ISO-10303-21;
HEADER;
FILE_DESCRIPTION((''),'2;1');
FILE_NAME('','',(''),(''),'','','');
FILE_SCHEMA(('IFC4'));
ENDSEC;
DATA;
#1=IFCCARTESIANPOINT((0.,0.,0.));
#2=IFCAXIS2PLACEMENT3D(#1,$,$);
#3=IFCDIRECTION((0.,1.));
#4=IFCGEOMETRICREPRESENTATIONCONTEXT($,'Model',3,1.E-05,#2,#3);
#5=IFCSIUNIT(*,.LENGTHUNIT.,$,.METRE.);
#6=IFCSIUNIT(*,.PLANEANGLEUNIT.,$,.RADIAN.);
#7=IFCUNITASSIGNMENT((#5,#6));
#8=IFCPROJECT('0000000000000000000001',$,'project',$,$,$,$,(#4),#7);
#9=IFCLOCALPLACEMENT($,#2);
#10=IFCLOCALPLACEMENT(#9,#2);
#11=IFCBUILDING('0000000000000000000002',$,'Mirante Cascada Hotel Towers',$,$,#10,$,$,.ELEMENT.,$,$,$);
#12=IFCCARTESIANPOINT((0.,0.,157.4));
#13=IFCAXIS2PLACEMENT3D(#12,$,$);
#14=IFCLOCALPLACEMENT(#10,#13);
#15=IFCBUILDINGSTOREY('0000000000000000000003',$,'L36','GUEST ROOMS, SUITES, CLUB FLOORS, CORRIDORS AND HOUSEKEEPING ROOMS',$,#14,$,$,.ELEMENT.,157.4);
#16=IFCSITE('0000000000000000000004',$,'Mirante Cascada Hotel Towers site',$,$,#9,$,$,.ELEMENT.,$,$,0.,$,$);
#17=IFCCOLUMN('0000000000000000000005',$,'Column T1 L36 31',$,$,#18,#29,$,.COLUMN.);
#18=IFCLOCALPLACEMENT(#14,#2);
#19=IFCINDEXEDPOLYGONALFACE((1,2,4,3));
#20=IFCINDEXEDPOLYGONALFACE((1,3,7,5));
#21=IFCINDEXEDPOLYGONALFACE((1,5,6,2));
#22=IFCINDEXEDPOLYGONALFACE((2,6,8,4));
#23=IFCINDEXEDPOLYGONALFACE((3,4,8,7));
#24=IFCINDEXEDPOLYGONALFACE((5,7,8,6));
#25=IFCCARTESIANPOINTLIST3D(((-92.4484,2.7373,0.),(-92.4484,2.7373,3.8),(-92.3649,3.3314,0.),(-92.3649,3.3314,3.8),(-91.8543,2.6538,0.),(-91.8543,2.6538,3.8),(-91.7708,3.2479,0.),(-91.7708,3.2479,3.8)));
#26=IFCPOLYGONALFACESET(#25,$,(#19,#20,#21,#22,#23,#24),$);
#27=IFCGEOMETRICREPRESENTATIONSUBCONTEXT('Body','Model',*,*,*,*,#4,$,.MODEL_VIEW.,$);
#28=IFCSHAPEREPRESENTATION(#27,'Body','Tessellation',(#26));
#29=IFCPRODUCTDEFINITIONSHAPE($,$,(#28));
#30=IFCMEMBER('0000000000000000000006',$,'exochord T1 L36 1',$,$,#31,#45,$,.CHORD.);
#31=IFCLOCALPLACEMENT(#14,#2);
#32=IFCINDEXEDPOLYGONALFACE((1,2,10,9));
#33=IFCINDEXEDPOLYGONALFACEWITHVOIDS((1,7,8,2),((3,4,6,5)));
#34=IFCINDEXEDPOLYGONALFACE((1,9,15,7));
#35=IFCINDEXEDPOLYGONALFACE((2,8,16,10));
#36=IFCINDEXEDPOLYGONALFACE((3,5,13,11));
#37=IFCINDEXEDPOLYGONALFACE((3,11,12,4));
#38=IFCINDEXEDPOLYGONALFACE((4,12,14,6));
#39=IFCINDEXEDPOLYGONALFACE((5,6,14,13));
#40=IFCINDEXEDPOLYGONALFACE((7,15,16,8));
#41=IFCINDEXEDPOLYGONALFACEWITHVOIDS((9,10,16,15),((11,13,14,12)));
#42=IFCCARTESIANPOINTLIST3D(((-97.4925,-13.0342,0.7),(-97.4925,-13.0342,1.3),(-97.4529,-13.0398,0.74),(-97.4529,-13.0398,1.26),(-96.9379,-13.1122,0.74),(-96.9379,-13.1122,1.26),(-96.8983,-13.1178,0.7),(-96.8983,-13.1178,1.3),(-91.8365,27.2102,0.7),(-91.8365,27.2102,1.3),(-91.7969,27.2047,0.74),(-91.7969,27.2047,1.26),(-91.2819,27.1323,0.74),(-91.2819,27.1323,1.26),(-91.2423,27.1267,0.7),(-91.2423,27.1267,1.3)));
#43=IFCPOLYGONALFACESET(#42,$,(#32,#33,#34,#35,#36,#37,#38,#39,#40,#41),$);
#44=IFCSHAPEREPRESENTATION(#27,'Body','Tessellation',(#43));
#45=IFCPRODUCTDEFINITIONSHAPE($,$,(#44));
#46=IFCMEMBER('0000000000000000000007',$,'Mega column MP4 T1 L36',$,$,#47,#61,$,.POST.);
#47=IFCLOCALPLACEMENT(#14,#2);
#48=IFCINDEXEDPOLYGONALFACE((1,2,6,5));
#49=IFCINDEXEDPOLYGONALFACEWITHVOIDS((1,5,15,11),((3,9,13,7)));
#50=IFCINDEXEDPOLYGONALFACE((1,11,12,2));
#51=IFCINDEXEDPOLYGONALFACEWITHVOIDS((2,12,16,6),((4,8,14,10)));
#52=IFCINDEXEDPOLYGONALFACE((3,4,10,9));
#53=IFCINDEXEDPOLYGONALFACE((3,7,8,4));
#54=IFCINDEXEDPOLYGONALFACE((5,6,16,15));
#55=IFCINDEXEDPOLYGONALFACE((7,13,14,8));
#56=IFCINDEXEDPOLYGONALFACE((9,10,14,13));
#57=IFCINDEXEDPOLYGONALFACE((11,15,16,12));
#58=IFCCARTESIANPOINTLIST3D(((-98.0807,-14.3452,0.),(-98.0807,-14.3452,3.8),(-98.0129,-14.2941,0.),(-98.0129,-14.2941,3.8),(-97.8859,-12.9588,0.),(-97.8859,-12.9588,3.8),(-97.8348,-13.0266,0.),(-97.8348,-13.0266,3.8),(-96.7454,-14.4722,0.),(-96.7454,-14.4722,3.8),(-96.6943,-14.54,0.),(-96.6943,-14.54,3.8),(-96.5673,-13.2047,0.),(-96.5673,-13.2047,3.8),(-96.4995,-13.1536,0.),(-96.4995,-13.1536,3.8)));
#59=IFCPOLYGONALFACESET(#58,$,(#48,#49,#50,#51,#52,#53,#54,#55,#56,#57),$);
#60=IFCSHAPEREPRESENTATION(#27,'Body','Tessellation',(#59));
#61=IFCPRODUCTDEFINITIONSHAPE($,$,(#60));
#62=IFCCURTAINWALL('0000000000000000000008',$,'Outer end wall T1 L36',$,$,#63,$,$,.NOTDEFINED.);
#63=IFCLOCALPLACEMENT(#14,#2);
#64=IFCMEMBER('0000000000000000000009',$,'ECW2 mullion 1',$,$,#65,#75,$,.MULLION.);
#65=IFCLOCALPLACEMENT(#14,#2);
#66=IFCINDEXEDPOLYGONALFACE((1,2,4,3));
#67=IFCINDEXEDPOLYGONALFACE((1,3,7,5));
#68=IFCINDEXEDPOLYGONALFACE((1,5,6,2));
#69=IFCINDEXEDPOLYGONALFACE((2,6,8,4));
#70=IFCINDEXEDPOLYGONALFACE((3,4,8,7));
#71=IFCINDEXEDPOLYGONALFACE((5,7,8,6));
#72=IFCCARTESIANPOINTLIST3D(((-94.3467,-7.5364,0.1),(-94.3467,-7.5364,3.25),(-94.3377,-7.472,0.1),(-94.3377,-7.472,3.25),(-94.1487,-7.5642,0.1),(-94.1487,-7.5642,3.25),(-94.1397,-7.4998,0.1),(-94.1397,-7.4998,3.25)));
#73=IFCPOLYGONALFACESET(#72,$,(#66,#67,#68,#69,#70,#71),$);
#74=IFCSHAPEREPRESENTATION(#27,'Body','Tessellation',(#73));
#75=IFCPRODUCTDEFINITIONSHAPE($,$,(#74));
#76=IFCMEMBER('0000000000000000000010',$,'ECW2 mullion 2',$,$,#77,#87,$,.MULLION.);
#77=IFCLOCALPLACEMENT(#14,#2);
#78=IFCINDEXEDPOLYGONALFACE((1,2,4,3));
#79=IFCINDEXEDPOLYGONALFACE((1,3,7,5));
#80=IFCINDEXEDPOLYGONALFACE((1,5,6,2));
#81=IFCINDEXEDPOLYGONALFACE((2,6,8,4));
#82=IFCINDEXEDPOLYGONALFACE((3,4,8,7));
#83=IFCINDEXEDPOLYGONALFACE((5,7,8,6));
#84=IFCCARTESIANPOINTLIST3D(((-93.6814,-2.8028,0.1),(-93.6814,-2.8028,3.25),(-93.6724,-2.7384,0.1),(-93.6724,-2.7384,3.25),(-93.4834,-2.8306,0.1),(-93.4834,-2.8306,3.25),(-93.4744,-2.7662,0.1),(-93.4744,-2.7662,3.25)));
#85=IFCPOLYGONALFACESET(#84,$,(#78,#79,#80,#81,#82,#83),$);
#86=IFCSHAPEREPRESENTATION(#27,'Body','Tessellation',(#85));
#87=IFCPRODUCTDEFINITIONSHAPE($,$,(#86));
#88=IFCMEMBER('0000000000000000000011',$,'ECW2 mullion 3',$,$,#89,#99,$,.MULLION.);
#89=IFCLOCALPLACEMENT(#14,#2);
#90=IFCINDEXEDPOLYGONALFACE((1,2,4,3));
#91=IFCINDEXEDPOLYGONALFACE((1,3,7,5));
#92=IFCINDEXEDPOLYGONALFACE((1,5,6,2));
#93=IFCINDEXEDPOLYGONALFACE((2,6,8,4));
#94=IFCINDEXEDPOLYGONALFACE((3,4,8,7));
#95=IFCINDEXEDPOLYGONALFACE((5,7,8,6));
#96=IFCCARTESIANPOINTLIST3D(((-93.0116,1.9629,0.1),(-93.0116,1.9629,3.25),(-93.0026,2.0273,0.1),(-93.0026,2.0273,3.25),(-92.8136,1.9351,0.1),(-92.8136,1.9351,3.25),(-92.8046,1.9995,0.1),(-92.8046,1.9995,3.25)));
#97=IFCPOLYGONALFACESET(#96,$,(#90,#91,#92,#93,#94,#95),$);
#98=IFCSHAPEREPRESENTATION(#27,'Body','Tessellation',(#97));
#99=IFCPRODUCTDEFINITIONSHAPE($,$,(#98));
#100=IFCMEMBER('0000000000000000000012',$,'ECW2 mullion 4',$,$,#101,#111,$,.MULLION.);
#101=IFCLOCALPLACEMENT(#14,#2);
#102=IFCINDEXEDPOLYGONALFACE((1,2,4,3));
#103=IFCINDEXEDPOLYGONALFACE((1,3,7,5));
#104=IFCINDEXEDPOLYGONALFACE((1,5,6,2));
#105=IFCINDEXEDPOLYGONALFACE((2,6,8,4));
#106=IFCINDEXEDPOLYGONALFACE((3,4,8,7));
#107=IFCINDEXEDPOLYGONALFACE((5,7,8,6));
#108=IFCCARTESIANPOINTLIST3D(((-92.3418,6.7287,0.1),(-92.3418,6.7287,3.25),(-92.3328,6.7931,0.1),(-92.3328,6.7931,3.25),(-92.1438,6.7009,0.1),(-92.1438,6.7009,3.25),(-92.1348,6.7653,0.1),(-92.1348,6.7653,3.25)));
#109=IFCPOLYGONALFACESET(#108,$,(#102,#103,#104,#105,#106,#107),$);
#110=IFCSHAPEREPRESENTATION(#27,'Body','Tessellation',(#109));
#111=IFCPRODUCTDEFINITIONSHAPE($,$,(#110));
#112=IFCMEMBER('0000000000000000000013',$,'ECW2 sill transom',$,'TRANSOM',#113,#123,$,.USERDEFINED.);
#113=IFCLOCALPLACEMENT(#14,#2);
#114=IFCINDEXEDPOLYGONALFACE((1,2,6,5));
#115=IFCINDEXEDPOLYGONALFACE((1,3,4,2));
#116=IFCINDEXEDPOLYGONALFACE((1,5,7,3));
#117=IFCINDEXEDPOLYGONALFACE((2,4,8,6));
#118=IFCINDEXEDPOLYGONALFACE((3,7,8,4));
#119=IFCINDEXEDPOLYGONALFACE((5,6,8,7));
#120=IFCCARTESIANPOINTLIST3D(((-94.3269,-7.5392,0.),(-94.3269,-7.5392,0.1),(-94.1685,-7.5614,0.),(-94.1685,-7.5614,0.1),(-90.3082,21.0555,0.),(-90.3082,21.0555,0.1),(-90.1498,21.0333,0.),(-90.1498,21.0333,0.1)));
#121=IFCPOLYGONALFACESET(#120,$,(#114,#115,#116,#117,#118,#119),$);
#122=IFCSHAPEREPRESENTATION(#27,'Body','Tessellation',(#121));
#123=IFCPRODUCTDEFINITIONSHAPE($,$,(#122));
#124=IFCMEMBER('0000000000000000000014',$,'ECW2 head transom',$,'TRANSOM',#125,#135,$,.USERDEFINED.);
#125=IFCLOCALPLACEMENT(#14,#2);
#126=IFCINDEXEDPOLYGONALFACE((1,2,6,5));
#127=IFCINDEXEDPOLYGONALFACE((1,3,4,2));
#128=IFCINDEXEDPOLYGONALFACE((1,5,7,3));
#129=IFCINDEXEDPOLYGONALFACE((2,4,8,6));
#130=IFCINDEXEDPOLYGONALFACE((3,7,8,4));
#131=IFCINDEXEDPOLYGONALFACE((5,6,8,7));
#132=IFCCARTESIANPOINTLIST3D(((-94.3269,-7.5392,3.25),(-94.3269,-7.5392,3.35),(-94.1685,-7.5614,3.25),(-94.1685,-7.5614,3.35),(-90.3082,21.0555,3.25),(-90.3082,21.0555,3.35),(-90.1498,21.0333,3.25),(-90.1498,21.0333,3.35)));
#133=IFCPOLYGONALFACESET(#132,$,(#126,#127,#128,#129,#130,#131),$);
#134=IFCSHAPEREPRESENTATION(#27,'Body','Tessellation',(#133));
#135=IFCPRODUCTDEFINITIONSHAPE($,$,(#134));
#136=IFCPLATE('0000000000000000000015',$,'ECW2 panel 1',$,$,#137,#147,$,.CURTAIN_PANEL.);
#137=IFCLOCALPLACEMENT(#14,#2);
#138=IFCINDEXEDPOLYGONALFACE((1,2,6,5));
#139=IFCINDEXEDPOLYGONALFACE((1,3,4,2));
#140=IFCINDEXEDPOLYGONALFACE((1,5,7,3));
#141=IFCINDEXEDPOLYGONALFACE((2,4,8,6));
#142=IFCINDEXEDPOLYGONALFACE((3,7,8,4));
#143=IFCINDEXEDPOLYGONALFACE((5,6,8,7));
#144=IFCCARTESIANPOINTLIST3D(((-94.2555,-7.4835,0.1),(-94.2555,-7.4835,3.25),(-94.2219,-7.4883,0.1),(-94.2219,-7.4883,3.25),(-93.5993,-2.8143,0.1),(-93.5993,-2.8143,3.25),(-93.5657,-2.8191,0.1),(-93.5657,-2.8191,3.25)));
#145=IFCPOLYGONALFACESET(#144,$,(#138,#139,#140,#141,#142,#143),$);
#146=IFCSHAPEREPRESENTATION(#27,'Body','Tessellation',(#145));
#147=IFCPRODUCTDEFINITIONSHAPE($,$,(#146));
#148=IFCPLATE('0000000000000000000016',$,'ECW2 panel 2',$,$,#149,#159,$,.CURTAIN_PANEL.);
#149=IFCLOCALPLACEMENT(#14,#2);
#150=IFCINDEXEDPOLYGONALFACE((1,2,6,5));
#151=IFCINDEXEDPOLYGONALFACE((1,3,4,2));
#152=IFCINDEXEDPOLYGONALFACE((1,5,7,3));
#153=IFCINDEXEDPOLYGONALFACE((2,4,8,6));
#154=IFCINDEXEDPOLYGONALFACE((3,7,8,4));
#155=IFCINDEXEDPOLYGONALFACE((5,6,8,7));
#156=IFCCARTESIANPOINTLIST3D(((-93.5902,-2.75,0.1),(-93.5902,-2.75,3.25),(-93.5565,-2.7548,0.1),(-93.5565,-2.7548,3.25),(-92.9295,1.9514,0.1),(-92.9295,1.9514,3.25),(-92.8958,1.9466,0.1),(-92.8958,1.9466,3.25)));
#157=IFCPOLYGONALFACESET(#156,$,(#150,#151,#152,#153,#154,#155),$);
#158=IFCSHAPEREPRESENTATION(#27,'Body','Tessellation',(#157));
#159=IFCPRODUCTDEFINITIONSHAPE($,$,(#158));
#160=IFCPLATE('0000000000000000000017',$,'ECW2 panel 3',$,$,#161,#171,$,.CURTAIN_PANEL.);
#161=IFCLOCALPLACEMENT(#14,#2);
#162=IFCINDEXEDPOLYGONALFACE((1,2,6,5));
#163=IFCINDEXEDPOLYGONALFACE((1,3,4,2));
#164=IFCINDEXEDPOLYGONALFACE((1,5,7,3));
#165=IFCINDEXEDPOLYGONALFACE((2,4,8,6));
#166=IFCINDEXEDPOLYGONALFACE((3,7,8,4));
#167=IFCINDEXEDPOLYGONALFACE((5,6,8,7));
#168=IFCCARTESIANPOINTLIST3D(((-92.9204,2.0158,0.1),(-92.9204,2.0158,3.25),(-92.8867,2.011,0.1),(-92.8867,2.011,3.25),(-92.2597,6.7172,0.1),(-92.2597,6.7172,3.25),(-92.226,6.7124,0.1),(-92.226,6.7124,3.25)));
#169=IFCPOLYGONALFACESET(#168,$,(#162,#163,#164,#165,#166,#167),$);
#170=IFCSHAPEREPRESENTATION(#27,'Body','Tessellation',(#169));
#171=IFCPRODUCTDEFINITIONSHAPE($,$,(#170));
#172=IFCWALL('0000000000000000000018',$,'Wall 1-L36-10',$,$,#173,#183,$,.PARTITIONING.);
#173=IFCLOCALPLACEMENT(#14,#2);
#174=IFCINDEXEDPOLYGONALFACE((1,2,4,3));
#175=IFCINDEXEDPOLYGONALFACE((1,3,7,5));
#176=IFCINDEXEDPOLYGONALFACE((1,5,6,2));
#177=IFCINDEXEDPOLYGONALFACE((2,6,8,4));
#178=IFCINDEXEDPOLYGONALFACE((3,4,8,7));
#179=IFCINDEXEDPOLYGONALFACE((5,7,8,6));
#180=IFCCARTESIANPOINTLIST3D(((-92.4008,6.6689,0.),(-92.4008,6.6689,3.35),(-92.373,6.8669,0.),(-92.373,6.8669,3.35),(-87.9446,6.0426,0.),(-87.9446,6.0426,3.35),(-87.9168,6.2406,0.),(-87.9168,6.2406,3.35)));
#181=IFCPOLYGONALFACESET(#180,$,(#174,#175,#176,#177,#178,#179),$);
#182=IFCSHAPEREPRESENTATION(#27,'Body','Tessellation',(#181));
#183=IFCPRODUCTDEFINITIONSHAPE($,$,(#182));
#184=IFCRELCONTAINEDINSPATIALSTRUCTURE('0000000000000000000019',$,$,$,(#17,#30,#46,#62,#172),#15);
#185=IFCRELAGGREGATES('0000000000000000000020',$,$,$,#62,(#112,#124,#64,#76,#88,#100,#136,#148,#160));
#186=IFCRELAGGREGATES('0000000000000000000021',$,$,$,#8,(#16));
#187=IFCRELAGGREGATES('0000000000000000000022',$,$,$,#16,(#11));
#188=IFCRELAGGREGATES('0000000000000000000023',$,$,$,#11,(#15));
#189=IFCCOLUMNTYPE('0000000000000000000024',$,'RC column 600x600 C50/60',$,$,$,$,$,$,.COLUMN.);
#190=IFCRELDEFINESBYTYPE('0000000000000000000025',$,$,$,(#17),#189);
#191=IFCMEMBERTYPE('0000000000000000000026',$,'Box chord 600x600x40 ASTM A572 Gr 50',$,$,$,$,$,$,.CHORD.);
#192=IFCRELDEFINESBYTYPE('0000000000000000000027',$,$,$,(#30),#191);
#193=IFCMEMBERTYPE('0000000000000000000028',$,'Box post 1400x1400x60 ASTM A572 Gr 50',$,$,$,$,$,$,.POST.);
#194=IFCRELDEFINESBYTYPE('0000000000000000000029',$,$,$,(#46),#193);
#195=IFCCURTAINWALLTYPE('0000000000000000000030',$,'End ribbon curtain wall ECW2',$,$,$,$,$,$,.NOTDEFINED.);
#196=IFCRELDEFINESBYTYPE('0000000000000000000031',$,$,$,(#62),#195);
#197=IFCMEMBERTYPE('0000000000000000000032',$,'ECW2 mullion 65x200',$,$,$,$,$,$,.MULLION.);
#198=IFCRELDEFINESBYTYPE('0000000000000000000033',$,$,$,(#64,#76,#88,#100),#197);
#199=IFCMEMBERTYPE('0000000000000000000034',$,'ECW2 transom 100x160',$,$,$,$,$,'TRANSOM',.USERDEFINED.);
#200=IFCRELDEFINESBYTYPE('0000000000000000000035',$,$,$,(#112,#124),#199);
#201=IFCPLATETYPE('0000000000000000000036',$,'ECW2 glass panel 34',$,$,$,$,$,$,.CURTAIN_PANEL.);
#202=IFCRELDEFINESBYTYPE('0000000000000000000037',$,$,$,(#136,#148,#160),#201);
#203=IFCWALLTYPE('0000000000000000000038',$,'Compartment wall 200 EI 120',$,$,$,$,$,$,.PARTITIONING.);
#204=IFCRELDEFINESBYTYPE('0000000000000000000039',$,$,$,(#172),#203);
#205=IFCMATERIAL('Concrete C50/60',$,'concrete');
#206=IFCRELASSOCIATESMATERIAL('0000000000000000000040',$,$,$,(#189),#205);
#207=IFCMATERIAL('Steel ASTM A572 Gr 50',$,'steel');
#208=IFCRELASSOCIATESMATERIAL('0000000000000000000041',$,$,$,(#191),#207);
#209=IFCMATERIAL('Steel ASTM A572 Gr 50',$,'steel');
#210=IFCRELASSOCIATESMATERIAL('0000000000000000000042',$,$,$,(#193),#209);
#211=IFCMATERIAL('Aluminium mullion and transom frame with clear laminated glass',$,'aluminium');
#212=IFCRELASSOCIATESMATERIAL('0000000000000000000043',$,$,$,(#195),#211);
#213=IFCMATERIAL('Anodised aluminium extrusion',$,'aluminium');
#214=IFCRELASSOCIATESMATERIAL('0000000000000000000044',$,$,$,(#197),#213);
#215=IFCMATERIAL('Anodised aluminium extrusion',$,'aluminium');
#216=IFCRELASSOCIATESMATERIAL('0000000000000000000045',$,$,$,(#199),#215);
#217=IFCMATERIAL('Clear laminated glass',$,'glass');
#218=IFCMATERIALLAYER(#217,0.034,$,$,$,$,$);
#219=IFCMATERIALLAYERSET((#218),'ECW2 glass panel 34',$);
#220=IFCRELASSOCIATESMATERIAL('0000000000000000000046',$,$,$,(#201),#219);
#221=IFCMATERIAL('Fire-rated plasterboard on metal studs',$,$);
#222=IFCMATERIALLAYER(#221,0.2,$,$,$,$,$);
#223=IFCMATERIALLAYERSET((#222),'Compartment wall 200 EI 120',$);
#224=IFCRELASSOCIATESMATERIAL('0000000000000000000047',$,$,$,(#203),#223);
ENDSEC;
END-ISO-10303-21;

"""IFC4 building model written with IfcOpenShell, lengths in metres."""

from ifc_helpers import new_model, si_unit, direction, frame, frame_2d, origin, origin_2d, place, context, subcontext, project, spatial, rectangle, hollow_rectangle, extrude, material, layer, layer_set, material_profile, profile_set, type_object, element, aggregate, save


model = new_model("IFC4")

# Units and contexts
model_context = context("Model", 3, precision=1e-05, world=origin(), true_north=direction((0.0, 1.0)))
body_context = subcontext(model_context, "Body", "Model", "MODEL_VIEW")
ifc_project = project(units=[si_unit("LENGTHUNIT", "METRE"), si_unit("PLANEANGLEUNIT", "RADIAN")], contexts=[model_context])

# Site, building, storey
site_placement = place(None, origin())
site = spatial("IfcSite", under=ifc_project, at=site_placement, Name="Mirante Cascada Hotel Towers site", CompositionType="ELEMENT", RefElevation=0.0)
building_placement = place(site_placement, origin())
building = spatial("IfcBuilding", under=site, at=building_placement, Name="Mirante Cascada Hotel Towers", CompositionType="ELEMENT")
storey_placement = place(building_placement, frame((0.0, 0.0, 157.4)))
storey = spatial("IfcBuildingStorey", under=building, at=storey_placement, Name="L36", Description="GUEST ROOMS, SUITES, CLUB FLOORS, CORRIDORS AND HOUSEKEEPING ROOMS", CompositionType="ELEMENT", Elevation=157.4)

# Column
ifc_material_1 = material(Name="Concrete C50/60", Category="concrete")
ifc_material_profile_1 = material_profile(ifc_material_1, rectangle(XDim=0.6, YDim=0.6, at=origin_2d()), Name="RC column 600x600 C50/60")
ifc_profile_set_1 = profile_set([ifc_material_profile_1], Name="Concrete C50/60")
column_type = type_object("IfcColumnType", Name="RC column 600x600 C50/60", PredefinedType="COLUMN", material=ifc_profile_set_1)
column_placement = place(storey_placement, frame((-92.1096, 2.9926, 0.0), z_axis=(0.0, 0.0, 1.0), x_axis=(-0.990268, 0.139173, 0.0)))
element("IfcColumn", 1, at=column_placement, inside=storey, type_object=column_type, Name="Column T1 L36 31", PredefinedType="COLUMN", context=body_context, shape_type="SweptSolid", body=[
    extrude(rectangle(XDim=0.6, YDim=0.6, at=origin_2d()), origin(), (0.0, 0.0, 1.0), 3.8),
])

# Members
ifc_material_2 = material(Name="Steel ASTM A572 Gr 50", Category="steel")
ifc_material_profile_2 = material_profile(ifc_material_2, hollow_rectangle(XDim=0.6, YDim=0.6, WallThickness=0.04, at=origin_2d()), Name="Box chord 600x600x40 ASTM A572 Gr 50")
ifc_profile_set_2 = profile_set([ifc_material_profile_2], Name="Steel ASTM A572 Gr 50")
member_type_1 = type_object("IfcMemberType", Name="Box chord 600x600x40 ASTM A572 Gr 50", PredefinedType="CHORD", material=ifc_profile_set_2)
member_1_placement = place(storey_placement, frame((-97.1954, -13.076, 1.0), z_axis=(0.139173, 0.990268, 0.0), x_axis=(-0.990268, 0.139173, 0.0)))
element("IfcMember", 2, at=member_1_placement, inside=storey, type_object=member_type_1, Name="exochord T1 L36 1", PredefinedType="CHORD", context=body_context, shape_type="SweptSolid", body=[
    extrude(hollow_rectangle(XDim=0.6, YDim=0.6, WallThickness=0.04, at=origin_2d()), origin(), (0.0, 0.0, 1.0), 40.64),
])
ifc_material_3 = material(Name="Steel ASTM A572 Gr 50", Category="steel")
ifc_material_profile_3 = material_profile(ifc_material_3, hollow_rectangle(XDim=1.4, YDim=1.4, WallThickness=0.06, at=origin_2d()), Name="Box post 1400x1400x60 ASTM A572 Gr 50")
ifc_profile_set_3 = profile_set([ifc_material_profile_3], Name="Steel ASTM A572 Gr 50")
member_type_2 = type_object("IfcMemberType", Name="Box post 1400x1400x60 ASTM A572 Gr 50", PredefinedType="POST", material=ifc_profile_set_3)
member_2_placement = place(storey_placement, frame((-97.2901, -13.7494, 0.0), z_axis=(0.0, 0.0, 1.0), x_axis=(-0.990268, 0.139173, 0.0)))
element("IfcMember", 3, at=member_2_placement, inside=storey, type_object=member_type_2, Name="Mega column MP4 T1 L36", PredefinedType="POST", context=body_context, shape_type="SweptSolid", body=[
    extrude(hollow_rectangle(XDim=1.4, YDim=1.4, WallThickness=0.06, at=origin_2d()), origin(), (0.0, 0.0, 1.0), 3.8),
])

# Curtain wall, members, plates
ifc_material_4 = material(Name="Aluminium mullion and transom frame with clear laminated glass", Category="aluminium")
curtain_wall_type = type_object("IfcCurtainWallType", Name="End ribbon curtain wall ECW2", PredefinedType="NOTDEFINED", material=ifc_material_4)
curtain_wall_placement = place(storey_placement, origin())
curtain_wall = element("IfcCurtainWall", 4, at=curtain_wall_placement, inside=storey, type_object=curtain_wall_type, Name="Outer end wall T1 L36", PredefinedType="NOTDEFINED")
ifc_material_5 = material(Name="Anodised aluminium extrusion", Category="aluminium")
ifc_material_profile_4 = material_profile(ifc_material_5, rectangle(XDim=0.2, YDim=0.065, at=origin_2d()), Name="ECW2 MULLION 65x200")
ifc_profile_set_4 = profile_set([ifc_material_profile_4], Name="Anodised aluminium extrusion")
member_type_3 = type_object("IfcMemberType", Name="ECW2 mullion 65x200", PredefinedType="MULLION", material=ifc_profile_set_4)
member_3_placement = place(storey_placement, frame((-94.2432, -7.5181, 0.1), z_axis=(0.0, 0.0, 1.0), x_axis=(-0.990268, 0.139173, 0.0)))
member_3 = element("IfcMember", 5, at=member_3_placement, type_object=member_type_3, Name="ECW2 mullion 1", PredefinedType="MULLION", context=body_context, shape_type="SweptSolid", body=[
    extrude(rectangle(XDim=0.2, YDim=0.065, at=origin_2d()), origin(), (0.0, 0.0, 1.0), 3.15),
])
member_4_placement = place(storey_placement, frame((-93.5779, -2.7845, 0.1), z_axis=(0.0, 0.0, 1.0), x_axis=(-0.990268, 0.139173, 0.0)))
member_4 = element("IfcMember", 6, at=member_4_placement, type_object=member_type_3, Name="ECW2 mullion 2", PredefinedType="MULLION", context=body_context, shape_type="SweptSolid", body=[
    extrude(rectangle(XDim=0.2, YDim=0.065, at=origin_2d()), origin(), (0.0, 0.0, 1.0), 3.15),
])
member_5_placement = place(storey_placement, frame((-92.9081, 1.9812, 0.1), z_axis=(0.0, 0.0, 1.0), x_axis=(-0.990268, 0.139173, 0.0)))
member_5 = element("IfcMember", 7, at=member_5_placement, type_object=member_type_3, Name="ECW2 mullion 3", PredefinedType="MULLION", context=body_context, shape_type="SweptSolid", body=[
    extrude(rectangle(XDim=0.2, YDim=0.065, at=origin_2d()), origin(), (0.0, 0.0, 1.0), 3.15),
])
member_6_placement = place(storey_placement, frame((-92.2383, 6.747, 0.1), z_axis=(0.0, 0.0, 1.0), x_axis=(-0.990268, 0.139173, 0.0)))
member_6 = element("IfcMember", 8, at=member_6_placement, type_object=member_type_3, Name="ECW2 mullion 4", PredefinedType="MULLION", context=body_context, shape_type="SweptSolid", body=[
    extrude(rectangle(XDim=0.2, YDim=0.065, at=origin_2d()), origin(), (0.0, 0.0, 1.0), 3.15),
])
ifc_material_6 = material(Name="Anodised aluminium extrusion", Category="aluminium")
ifc_material_profile_5 = material_profile(ifc_material_6, rectangle(XDim=0.16, YDim=0.1, at=origin_2d()), Name="ECW2 TRANSOM 100x160")
ifc_profile_set_5 = profile_set([ifc_material_profile_5], Name="Anodised aluminium extrusion")
member_type_4 = type_object("IfcMemberType", Name="ECW2 transom 100x160", ElementType="TRANSOM", PredefinedType="USERDEFINED", material=ifc_profile_set_5)
member_7_placement = place(storey_placement, frame((-94.2477, -7.5503, 0.05), z_axis=(0.139172, 0.990268, 0.0), x_axis=(-0.990268, 0.139172, 0.0)))
member_7 = element("IfcMember", 9, at=member_7_placement, type_object=member_type_4, Name="ECW2 sill transom", ObjectType="TRANSOM", PredefinedType="USERDEFINED", context=body_context, shape_type="SweptSolid", body=[
    extrude(rectangle(XDim=0.16, YDim=0.1, at=origin_2d()), origin(), (0.0, 0.0, 1.0), 28.8757),
])
member_8_placement = place(storey_placement, frame((-94.2477, -7.5503, 3.3), z_axis=(0.139172, 0.990268, 0.0), x_axis=(-0.990268, 0.139172, 0.0)))
member_8 = element("IfcMember", 10, at=member_8_placement, type_object=member_type_4, Name="ECW2 head transom", ObjectType="TRANSOM", PredefinedType="USERDEFINED", context=body_context, shape_type="SweptSolid", body=[
    extrude(rectangle(XDim=0.16, YDim=0.1, at=origin_2d()), origin(), (0.0, 0.0, 1.0), 28.8757),
])
ifc_material_7 = material(Name="Clear laminated glass", Category="glass")
ifc_layer_1 = layer(ifc_material_7, 0.034)
ifc_layer_set_1 = layer_set([ifc_layer_1], Name="ECW2 glass panel 34")
plate_type = type_object("IfcPlateType", Name="ECW2 glass panel 34", PredefinedType="CURTAIN_PANEL", material=ifc_layer_set_1)
plate_1_placement = place(storey_placement, frame((-93.9106, -5.1513, 0.1), z_axis=(0.0, 0.0, 1.0), x_axis=(0.139173, 0.990268, 0.0)))
plate_1 = element("IfcPlate", 11, at=plate_1_placement, type_object=plate_type, Name="ECW2 panel 1", PredefinedType="CURTAIN_PANEL", context=body_context, shape_type="SweptSolid", body=[
    extrude(rectangle(XDim=4.7151, YDim=0.034, at=origin_2d()), origin(), (0.0, 0.0, 1.0), 3.15),
])
plate_2_placement = place(storey_placement, frame((-93.243, -0.4017, 0.1), z_axis=(0.0, 0.0, 1.0), x_axis=(0.139173, 0.990268, 0.0)))
plate_2 = element("IfcPlate", 12, at=plate_2_placement, type_object=plate_type, Name="ECW2 panel 2", PredefinedType="CURTAIN_PANEL", context=body_context, shape_type="SweptSolid", body=[
    extrude(rectangle(XDim=4.7476, YDim=0.034, at=origin_2d()), origin(), (0.0, 0.0, 1.0), 3.15),
])
plate_3_placement = place(storey_placement, frame((-92.5732, 4.3641, 0.1), z_axis=(0.0, 0.0, 1.0), x_axis=(0.139173, 0.990268, 0.0)))
plate_3 = element("IfcPlate", 13, at=plate_3_placement, type_object=plate_type, Name="ECW2 panel 3", PredefinedType="CURTAIN_PANEL", context=body_context, shape_type="SweptSolid", body=[
    extrude(rectangle(XDim=4.7476, YDim=0.034, at=origin_2d()), origin(), (0.0, 0.0, 1.0), 3.15),
])
aggregate(curtain_wall, [member_7, member_8, member_3, member_4, member_5, member_6, plate_1, plate_2, plate_3])

# Wall
ifc_material_8 = material(Name="Fire-rated plasterboard on metal studs")
ifc_layer_2 = layer(ifc_material_8, 0.2)
ifc_layer_set_2 = layer_set([ifc_layer_2], Name="Compartment wall 200 EI 120")
wall_type_1 = type_object("IfcWallType", Name="Compartment wall 200 EI 120", PredefinedType="PARTITIONING", material=ifc_layer_set_2)
wall_1_placement = place(storey_placement, frame((-92.3869, 6.7679, 0.0), z_axis=(0.0, 0.0, 1.0), x_axis=(0.990267, -0.139178, 0.0)))
element("IfcWall", 14, at=wall_1_placement, inside=storey, type_object=wall_type_1, Name="Wall 1-L36-10", PredefinedType="PARTITIONING", context=body_context, shape_type="SweptSolid", body=[
    extrude(rectangle(XDim=4.5, YDim=0.2, at=frame_2d((2.25, 0.0))), origin(), (0.0, 0.0, 1.0), 3.35),
])

save(model, "model.ifc")
